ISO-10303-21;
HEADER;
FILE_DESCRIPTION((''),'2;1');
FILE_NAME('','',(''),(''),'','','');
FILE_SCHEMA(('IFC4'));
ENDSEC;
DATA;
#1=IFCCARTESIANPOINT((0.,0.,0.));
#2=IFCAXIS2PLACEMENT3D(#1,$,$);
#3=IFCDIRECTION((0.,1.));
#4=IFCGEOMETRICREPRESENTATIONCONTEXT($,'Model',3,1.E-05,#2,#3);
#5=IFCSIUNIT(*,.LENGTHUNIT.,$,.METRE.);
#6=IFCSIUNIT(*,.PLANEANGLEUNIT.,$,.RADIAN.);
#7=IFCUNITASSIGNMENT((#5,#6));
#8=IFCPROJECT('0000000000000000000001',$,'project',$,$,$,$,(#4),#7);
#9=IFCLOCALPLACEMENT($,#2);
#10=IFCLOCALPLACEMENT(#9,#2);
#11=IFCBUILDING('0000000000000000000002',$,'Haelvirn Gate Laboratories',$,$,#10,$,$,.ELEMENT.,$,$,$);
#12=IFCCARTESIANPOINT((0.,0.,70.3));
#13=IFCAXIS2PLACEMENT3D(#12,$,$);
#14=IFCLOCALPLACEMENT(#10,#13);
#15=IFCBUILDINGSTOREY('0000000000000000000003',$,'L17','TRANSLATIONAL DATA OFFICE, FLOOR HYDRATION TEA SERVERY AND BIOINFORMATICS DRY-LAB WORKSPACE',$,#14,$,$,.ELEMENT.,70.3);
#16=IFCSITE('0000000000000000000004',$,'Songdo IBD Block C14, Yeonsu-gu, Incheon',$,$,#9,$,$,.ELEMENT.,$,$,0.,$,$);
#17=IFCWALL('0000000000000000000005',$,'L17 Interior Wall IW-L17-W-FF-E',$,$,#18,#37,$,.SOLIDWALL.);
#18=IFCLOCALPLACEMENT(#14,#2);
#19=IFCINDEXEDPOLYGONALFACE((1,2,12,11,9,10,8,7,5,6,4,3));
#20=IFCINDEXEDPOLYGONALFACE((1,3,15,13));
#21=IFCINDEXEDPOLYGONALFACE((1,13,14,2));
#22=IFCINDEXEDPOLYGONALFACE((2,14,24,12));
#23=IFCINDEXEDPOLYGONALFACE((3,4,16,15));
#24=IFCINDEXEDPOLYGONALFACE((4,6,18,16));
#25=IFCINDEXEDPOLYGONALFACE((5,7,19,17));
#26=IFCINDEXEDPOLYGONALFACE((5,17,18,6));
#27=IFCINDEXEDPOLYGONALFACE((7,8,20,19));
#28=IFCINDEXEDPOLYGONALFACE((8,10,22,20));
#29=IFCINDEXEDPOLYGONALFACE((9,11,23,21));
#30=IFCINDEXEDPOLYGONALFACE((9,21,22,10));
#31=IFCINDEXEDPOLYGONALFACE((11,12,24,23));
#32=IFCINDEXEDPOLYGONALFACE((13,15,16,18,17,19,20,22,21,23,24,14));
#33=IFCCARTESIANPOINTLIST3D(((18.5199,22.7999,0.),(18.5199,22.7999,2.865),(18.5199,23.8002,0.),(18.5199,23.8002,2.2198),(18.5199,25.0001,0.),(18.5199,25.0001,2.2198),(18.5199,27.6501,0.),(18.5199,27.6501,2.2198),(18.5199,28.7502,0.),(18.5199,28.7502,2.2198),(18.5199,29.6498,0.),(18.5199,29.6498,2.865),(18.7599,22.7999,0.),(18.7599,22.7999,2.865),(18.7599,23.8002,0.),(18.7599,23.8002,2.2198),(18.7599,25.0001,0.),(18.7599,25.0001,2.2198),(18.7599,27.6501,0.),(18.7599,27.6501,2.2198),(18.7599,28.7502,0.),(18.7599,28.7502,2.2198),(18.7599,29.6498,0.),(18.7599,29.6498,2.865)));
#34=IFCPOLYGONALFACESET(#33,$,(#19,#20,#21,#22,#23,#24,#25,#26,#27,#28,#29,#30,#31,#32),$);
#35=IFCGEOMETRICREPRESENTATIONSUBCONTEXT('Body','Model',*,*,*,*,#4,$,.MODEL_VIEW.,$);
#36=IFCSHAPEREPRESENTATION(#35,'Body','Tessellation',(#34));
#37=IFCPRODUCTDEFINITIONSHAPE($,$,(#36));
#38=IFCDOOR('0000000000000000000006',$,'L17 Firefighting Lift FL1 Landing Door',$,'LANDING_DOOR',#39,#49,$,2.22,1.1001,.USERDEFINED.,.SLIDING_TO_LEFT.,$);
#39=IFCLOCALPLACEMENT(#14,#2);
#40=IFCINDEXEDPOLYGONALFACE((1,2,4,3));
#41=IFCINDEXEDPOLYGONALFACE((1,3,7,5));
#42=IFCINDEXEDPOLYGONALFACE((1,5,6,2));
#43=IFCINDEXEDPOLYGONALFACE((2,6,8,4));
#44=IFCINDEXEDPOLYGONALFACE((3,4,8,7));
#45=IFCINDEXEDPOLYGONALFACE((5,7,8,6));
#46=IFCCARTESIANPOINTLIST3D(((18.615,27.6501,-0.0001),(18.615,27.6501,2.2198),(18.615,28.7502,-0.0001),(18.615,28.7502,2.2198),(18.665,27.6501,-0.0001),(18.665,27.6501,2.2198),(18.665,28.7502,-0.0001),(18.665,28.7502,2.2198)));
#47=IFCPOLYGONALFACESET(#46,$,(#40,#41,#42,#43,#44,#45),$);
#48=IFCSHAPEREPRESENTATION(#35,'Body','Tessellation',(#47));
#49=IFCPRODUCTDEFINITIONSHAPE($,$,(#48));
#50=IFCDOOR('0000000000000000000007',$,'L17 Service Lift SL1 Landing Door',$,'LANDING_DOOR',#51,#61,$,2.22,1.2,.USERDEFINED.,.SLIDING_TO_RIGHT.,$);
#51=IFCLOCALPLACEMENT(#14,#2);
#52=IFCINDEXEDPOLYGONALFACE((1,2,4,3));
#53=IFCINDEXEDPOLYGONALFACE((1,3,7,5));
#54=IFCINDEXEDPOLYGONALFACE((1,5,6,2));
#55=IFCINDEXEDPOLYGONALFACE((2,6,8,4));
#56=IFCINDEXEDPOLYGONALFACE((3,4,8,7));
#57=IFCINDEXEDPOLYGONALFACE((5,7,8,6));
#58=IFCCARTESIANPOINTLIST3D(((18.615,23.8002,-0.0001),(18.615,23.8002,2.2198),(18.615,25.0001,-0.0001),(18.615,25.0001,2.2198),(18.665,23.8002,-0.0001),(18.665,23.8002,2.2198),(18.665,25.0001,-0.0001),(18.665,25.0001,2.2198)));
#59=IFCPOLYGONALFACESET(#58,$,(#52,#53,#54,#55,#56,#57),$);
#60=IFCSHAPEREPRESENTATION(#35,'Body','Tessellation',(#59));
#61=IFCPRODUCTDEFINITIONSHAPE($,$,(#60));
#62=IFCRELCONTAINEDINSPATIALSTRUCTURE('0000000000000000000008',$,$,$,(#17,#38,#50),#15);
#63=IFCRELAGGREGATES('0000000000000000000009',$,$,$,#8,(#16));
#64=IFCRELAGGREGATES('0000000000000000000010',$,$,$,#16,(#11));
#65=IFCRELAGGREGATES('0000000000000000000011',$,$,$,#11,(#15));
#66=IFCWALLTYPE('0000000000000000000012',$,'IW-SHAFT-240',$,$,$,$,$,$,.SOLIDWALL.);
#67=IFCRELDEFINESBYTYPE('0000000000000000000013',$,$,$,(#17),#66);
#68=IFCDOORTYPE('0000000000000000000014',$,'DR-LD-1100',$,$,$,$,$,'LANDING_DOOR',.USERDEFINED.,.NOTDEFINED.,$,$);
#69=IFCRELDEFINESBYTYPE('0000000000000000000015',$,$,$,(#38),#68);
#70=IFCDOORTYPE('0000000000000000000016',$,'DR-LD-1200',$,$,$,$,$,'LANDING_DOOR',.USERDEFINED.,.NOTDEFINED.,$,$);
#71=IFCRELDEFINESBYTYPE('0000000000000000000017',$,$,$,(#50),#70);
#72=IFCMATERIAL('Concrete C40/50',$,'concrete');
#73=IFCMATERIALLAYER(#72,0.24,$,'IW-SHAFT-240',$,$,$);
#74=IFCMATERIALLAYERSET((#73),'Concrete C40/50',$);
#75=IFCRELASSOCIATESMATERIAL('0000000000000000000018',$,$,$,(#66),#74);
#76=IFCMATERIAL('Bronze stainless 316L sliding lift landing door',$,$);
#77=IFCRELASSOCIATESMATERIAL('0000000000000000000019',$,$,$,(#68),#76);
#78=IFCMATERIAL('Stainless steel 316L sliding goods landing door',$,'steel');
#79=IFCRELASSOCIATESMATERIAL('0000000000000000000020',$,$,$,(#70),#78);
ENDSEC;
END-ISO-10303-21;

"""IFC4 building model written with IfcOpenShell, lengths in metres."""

from ifc_helpers import new_model, si_unit, direction, frame, frame_2d, origin, place, context, subcontext, project, spatial, rectangle, extrude, source, transform, mapped, material, layer, layer_set, type_object, type_shapes, element, fill, save


model = new_model("IFC4")

# Units and contexts
model_context = context("Model", 3, precision=1e-05, world=origin(), true_north=direction((0.0, 1.0)))
body_context = subcontext(model_context, "Body", "Model", "MODEL_VIEW")
ifc_project = project(units=[si_unit("LENGTHUNIT", "METRE"), si_unit("PLANEANGLEUNIT", "RADIAN")], contexts=[model_context])

# Site, building, storey
site_placement = place(None, origin())
site = spatial("IfcSite", under=ifc_project, at=site_placement, Name="Songdo IBD Block C14, Yeonsu-gu, Incheon", CompositionType="ELEMENT", RefElevation=0.0)
building_placement = place(site_placement, origin())
building = spatial("IfcBuilding", under=site, at=building_placement, Name="Haelvirn Gate Laboratories", CompositionType="ELEMENT")
storey_placement = place(building_placement, frame((0.0, 0.0, 70.3)))
storey = spatial("IfcBuildingStorey", under=building, at=storey_placement, Name="L17", Description="TRANSLATIONAL DATA OFFICE, FLOOR HYDRATION TEA SERVERY AND BIOINFORMATICS DRY-LAB WORKSPACE", CompositionType="ELEMENT", Elevation=70.3)

# Shared definitions
ifc_material_1 = material(Name="Concrete C40/50", Category="concrete")

# Wall, openings, doors
ifc_layer_1 = layer(ifc_material_1, 0.24, Name="IW-SHAFT-240")
ifc_layer_set_1 = layer_set([ifc_layer_1], Name="Concrete C40/50")
wall_type_1 = type_object("IfcWallType", Name="IW-SHAFT-240", PredefinedType="SOLIDWALL", material=ifc_layer_set_1)
wall_1_placement = place(storey_placement, frame((18.6399, 22.8, 0.0), z_axis=(0.0, 0.0, 1.0), x_axis=(0.0, 1.0, 0.0)))
wall_1 = element("IfcWall", 1, at=wall_1_placement, inside=storey, type_object=wall_type_1, Name="L17 Interior Wall IW-L17-W-FF-E", PredefinedType="SOLIDWALL", context=body_context, shape_type="SweptSolid", body=[
    extrude(rectangle(XDim=6.8499, YDim=0.24, at=frame_2d((3.4248, 0.0))), origin(), (0.0, 0.0, 1.0), 2.865),
])
opening_1_placement = place(wall_1_placement, frame((4.8501, 0.0, 0.0)))
opening_1 = element("IfcOpeningElement", 2, at=opening_1_placement, cuts=wall_1, PredefinedType="OPENING", context=body_context, shape_type="SweptSolid", body=[
    extrude(rectangle(XDim=1.1001, YDim=2.22, at=frame_2d((0.55, 1.1099))), frame((0.0, 0.1299, 0.0), z_axis=(0.0, -1.0, 0.0), x_axis=(1.0, 0.0, 0.0)), (0.0, 0.0, 1.0), 0.26),
])
opening_2_placement = place(wall_1_placement, frame((1.0, 0.0, 0.0)))
opening_2 = element("IfcOpeningElement", 3, at=opening_2_placement, cuts=wall_1, PredefinedType="OPENING", context=body_context, shape_type="SweptSolid", body=[
    extrude(rectangle(XDim=1.2, YDim=2.22, at=frame_2d((0.6001, 1.1099))), frame((0.0, 0.1299, 0.0), z_axis=(0.0, -1.0, 0.0), x_axis=(1.0, 0.0, 0.0)), (0.0, 0.0, 1.0), 0.26),
])
ifc_material_2 = material(Name="Bronze stainless 316L sliding lift landing door")
door_type_1 = type_object("IfcDoorType", Name="DR-LD-1100", ElementType="LANDING_DOOR", OperationType="NOTDEFINED", PredefinedType="USERDEFINED", material=ifc_material_2)
shared_shape_1 = source(origin(), body_context, "Body", "SweptSolid", [
    extrude(rectangle(XDim=1.1001, YDim=2.22, at=frame_2d((0.55, 1.1099))), frame((0.0, 0.0249, 0.0), z_axis=(0.0, -1.0, 0.0), x_axis=(1.0, 0.0, 0.0)), (0.0, 0.0, 1.0), 0.05),
])
type_shapes(door_type_1, [shared_shape_1])
door_1_placement = place(opening_1_placement, origin())
door_1 = element("IfcDoor", 4, at=door_1_placement, inside=storey, type_object=door_type_1, Name="L17 Firefighting Lift FL1 Landing Door", ObjectType="LANDING_DOOR", OperationType="SLIDING_TO_LEFT", OverallHeight=2.22, OverallWidth=1.1001, PredefinedType="USERDEFINED", context=body_context, shape_type="MappedRepresentation", body=[
    mapped(shared_shape_1, transform((0.0, 0.0, 0.0), scale=1.0)),
])
fill(opening_1, door_1)
ifc_material_3 = material(Name="Stainless steel 316L sliding goods landing door", Category="steel")
door_type_2 = type_object("IfcDoorType", Name="DR-LD-1200", ElementType="LANDING_DOOR", OperationType="NOTDEFINED", PredefinedType="USERDEFINED", material=ifc_material_3)
shared_shape_2 = source(origin(), body_context, "Body", "SweptSolid", [
    extrude(rectangle(XDim=1.2, YDim=2.22, at=frame_2d((0.6001, 1.1099))), frame((0.0, 0.0249, 0.0), z_axis=(0.0, -1.0, 0.0), x_axis=(1.0, 0.0, 0.0)), (0.0, 0.0, 1.0), 0.05),
])
type_shapes(door_type_2, [shared_shape_2])
door_2_placement = place(opening_2_placement, origin())
door_2 = element("IfcDoor", 5, at=door_2_placement, inside=storey, type_object=door_type_2, Name="L17 Service Lift SL1 Landing Door", ObjectType="LANDING_DOOR", OperationType="SLIDING_TO_RIGHT", OverallHeight=2.22, OverallWidth=1.2, PredefinedType="USERDEFINED", context=body_context, shape_type="MappedRepresentation", body=[
    mapped(shared_shape_2, transform((0.0, 0.0, 0.0), scale=1.0)),
])
fill(opening_2, door_2)

save(model, "model.ifc")
